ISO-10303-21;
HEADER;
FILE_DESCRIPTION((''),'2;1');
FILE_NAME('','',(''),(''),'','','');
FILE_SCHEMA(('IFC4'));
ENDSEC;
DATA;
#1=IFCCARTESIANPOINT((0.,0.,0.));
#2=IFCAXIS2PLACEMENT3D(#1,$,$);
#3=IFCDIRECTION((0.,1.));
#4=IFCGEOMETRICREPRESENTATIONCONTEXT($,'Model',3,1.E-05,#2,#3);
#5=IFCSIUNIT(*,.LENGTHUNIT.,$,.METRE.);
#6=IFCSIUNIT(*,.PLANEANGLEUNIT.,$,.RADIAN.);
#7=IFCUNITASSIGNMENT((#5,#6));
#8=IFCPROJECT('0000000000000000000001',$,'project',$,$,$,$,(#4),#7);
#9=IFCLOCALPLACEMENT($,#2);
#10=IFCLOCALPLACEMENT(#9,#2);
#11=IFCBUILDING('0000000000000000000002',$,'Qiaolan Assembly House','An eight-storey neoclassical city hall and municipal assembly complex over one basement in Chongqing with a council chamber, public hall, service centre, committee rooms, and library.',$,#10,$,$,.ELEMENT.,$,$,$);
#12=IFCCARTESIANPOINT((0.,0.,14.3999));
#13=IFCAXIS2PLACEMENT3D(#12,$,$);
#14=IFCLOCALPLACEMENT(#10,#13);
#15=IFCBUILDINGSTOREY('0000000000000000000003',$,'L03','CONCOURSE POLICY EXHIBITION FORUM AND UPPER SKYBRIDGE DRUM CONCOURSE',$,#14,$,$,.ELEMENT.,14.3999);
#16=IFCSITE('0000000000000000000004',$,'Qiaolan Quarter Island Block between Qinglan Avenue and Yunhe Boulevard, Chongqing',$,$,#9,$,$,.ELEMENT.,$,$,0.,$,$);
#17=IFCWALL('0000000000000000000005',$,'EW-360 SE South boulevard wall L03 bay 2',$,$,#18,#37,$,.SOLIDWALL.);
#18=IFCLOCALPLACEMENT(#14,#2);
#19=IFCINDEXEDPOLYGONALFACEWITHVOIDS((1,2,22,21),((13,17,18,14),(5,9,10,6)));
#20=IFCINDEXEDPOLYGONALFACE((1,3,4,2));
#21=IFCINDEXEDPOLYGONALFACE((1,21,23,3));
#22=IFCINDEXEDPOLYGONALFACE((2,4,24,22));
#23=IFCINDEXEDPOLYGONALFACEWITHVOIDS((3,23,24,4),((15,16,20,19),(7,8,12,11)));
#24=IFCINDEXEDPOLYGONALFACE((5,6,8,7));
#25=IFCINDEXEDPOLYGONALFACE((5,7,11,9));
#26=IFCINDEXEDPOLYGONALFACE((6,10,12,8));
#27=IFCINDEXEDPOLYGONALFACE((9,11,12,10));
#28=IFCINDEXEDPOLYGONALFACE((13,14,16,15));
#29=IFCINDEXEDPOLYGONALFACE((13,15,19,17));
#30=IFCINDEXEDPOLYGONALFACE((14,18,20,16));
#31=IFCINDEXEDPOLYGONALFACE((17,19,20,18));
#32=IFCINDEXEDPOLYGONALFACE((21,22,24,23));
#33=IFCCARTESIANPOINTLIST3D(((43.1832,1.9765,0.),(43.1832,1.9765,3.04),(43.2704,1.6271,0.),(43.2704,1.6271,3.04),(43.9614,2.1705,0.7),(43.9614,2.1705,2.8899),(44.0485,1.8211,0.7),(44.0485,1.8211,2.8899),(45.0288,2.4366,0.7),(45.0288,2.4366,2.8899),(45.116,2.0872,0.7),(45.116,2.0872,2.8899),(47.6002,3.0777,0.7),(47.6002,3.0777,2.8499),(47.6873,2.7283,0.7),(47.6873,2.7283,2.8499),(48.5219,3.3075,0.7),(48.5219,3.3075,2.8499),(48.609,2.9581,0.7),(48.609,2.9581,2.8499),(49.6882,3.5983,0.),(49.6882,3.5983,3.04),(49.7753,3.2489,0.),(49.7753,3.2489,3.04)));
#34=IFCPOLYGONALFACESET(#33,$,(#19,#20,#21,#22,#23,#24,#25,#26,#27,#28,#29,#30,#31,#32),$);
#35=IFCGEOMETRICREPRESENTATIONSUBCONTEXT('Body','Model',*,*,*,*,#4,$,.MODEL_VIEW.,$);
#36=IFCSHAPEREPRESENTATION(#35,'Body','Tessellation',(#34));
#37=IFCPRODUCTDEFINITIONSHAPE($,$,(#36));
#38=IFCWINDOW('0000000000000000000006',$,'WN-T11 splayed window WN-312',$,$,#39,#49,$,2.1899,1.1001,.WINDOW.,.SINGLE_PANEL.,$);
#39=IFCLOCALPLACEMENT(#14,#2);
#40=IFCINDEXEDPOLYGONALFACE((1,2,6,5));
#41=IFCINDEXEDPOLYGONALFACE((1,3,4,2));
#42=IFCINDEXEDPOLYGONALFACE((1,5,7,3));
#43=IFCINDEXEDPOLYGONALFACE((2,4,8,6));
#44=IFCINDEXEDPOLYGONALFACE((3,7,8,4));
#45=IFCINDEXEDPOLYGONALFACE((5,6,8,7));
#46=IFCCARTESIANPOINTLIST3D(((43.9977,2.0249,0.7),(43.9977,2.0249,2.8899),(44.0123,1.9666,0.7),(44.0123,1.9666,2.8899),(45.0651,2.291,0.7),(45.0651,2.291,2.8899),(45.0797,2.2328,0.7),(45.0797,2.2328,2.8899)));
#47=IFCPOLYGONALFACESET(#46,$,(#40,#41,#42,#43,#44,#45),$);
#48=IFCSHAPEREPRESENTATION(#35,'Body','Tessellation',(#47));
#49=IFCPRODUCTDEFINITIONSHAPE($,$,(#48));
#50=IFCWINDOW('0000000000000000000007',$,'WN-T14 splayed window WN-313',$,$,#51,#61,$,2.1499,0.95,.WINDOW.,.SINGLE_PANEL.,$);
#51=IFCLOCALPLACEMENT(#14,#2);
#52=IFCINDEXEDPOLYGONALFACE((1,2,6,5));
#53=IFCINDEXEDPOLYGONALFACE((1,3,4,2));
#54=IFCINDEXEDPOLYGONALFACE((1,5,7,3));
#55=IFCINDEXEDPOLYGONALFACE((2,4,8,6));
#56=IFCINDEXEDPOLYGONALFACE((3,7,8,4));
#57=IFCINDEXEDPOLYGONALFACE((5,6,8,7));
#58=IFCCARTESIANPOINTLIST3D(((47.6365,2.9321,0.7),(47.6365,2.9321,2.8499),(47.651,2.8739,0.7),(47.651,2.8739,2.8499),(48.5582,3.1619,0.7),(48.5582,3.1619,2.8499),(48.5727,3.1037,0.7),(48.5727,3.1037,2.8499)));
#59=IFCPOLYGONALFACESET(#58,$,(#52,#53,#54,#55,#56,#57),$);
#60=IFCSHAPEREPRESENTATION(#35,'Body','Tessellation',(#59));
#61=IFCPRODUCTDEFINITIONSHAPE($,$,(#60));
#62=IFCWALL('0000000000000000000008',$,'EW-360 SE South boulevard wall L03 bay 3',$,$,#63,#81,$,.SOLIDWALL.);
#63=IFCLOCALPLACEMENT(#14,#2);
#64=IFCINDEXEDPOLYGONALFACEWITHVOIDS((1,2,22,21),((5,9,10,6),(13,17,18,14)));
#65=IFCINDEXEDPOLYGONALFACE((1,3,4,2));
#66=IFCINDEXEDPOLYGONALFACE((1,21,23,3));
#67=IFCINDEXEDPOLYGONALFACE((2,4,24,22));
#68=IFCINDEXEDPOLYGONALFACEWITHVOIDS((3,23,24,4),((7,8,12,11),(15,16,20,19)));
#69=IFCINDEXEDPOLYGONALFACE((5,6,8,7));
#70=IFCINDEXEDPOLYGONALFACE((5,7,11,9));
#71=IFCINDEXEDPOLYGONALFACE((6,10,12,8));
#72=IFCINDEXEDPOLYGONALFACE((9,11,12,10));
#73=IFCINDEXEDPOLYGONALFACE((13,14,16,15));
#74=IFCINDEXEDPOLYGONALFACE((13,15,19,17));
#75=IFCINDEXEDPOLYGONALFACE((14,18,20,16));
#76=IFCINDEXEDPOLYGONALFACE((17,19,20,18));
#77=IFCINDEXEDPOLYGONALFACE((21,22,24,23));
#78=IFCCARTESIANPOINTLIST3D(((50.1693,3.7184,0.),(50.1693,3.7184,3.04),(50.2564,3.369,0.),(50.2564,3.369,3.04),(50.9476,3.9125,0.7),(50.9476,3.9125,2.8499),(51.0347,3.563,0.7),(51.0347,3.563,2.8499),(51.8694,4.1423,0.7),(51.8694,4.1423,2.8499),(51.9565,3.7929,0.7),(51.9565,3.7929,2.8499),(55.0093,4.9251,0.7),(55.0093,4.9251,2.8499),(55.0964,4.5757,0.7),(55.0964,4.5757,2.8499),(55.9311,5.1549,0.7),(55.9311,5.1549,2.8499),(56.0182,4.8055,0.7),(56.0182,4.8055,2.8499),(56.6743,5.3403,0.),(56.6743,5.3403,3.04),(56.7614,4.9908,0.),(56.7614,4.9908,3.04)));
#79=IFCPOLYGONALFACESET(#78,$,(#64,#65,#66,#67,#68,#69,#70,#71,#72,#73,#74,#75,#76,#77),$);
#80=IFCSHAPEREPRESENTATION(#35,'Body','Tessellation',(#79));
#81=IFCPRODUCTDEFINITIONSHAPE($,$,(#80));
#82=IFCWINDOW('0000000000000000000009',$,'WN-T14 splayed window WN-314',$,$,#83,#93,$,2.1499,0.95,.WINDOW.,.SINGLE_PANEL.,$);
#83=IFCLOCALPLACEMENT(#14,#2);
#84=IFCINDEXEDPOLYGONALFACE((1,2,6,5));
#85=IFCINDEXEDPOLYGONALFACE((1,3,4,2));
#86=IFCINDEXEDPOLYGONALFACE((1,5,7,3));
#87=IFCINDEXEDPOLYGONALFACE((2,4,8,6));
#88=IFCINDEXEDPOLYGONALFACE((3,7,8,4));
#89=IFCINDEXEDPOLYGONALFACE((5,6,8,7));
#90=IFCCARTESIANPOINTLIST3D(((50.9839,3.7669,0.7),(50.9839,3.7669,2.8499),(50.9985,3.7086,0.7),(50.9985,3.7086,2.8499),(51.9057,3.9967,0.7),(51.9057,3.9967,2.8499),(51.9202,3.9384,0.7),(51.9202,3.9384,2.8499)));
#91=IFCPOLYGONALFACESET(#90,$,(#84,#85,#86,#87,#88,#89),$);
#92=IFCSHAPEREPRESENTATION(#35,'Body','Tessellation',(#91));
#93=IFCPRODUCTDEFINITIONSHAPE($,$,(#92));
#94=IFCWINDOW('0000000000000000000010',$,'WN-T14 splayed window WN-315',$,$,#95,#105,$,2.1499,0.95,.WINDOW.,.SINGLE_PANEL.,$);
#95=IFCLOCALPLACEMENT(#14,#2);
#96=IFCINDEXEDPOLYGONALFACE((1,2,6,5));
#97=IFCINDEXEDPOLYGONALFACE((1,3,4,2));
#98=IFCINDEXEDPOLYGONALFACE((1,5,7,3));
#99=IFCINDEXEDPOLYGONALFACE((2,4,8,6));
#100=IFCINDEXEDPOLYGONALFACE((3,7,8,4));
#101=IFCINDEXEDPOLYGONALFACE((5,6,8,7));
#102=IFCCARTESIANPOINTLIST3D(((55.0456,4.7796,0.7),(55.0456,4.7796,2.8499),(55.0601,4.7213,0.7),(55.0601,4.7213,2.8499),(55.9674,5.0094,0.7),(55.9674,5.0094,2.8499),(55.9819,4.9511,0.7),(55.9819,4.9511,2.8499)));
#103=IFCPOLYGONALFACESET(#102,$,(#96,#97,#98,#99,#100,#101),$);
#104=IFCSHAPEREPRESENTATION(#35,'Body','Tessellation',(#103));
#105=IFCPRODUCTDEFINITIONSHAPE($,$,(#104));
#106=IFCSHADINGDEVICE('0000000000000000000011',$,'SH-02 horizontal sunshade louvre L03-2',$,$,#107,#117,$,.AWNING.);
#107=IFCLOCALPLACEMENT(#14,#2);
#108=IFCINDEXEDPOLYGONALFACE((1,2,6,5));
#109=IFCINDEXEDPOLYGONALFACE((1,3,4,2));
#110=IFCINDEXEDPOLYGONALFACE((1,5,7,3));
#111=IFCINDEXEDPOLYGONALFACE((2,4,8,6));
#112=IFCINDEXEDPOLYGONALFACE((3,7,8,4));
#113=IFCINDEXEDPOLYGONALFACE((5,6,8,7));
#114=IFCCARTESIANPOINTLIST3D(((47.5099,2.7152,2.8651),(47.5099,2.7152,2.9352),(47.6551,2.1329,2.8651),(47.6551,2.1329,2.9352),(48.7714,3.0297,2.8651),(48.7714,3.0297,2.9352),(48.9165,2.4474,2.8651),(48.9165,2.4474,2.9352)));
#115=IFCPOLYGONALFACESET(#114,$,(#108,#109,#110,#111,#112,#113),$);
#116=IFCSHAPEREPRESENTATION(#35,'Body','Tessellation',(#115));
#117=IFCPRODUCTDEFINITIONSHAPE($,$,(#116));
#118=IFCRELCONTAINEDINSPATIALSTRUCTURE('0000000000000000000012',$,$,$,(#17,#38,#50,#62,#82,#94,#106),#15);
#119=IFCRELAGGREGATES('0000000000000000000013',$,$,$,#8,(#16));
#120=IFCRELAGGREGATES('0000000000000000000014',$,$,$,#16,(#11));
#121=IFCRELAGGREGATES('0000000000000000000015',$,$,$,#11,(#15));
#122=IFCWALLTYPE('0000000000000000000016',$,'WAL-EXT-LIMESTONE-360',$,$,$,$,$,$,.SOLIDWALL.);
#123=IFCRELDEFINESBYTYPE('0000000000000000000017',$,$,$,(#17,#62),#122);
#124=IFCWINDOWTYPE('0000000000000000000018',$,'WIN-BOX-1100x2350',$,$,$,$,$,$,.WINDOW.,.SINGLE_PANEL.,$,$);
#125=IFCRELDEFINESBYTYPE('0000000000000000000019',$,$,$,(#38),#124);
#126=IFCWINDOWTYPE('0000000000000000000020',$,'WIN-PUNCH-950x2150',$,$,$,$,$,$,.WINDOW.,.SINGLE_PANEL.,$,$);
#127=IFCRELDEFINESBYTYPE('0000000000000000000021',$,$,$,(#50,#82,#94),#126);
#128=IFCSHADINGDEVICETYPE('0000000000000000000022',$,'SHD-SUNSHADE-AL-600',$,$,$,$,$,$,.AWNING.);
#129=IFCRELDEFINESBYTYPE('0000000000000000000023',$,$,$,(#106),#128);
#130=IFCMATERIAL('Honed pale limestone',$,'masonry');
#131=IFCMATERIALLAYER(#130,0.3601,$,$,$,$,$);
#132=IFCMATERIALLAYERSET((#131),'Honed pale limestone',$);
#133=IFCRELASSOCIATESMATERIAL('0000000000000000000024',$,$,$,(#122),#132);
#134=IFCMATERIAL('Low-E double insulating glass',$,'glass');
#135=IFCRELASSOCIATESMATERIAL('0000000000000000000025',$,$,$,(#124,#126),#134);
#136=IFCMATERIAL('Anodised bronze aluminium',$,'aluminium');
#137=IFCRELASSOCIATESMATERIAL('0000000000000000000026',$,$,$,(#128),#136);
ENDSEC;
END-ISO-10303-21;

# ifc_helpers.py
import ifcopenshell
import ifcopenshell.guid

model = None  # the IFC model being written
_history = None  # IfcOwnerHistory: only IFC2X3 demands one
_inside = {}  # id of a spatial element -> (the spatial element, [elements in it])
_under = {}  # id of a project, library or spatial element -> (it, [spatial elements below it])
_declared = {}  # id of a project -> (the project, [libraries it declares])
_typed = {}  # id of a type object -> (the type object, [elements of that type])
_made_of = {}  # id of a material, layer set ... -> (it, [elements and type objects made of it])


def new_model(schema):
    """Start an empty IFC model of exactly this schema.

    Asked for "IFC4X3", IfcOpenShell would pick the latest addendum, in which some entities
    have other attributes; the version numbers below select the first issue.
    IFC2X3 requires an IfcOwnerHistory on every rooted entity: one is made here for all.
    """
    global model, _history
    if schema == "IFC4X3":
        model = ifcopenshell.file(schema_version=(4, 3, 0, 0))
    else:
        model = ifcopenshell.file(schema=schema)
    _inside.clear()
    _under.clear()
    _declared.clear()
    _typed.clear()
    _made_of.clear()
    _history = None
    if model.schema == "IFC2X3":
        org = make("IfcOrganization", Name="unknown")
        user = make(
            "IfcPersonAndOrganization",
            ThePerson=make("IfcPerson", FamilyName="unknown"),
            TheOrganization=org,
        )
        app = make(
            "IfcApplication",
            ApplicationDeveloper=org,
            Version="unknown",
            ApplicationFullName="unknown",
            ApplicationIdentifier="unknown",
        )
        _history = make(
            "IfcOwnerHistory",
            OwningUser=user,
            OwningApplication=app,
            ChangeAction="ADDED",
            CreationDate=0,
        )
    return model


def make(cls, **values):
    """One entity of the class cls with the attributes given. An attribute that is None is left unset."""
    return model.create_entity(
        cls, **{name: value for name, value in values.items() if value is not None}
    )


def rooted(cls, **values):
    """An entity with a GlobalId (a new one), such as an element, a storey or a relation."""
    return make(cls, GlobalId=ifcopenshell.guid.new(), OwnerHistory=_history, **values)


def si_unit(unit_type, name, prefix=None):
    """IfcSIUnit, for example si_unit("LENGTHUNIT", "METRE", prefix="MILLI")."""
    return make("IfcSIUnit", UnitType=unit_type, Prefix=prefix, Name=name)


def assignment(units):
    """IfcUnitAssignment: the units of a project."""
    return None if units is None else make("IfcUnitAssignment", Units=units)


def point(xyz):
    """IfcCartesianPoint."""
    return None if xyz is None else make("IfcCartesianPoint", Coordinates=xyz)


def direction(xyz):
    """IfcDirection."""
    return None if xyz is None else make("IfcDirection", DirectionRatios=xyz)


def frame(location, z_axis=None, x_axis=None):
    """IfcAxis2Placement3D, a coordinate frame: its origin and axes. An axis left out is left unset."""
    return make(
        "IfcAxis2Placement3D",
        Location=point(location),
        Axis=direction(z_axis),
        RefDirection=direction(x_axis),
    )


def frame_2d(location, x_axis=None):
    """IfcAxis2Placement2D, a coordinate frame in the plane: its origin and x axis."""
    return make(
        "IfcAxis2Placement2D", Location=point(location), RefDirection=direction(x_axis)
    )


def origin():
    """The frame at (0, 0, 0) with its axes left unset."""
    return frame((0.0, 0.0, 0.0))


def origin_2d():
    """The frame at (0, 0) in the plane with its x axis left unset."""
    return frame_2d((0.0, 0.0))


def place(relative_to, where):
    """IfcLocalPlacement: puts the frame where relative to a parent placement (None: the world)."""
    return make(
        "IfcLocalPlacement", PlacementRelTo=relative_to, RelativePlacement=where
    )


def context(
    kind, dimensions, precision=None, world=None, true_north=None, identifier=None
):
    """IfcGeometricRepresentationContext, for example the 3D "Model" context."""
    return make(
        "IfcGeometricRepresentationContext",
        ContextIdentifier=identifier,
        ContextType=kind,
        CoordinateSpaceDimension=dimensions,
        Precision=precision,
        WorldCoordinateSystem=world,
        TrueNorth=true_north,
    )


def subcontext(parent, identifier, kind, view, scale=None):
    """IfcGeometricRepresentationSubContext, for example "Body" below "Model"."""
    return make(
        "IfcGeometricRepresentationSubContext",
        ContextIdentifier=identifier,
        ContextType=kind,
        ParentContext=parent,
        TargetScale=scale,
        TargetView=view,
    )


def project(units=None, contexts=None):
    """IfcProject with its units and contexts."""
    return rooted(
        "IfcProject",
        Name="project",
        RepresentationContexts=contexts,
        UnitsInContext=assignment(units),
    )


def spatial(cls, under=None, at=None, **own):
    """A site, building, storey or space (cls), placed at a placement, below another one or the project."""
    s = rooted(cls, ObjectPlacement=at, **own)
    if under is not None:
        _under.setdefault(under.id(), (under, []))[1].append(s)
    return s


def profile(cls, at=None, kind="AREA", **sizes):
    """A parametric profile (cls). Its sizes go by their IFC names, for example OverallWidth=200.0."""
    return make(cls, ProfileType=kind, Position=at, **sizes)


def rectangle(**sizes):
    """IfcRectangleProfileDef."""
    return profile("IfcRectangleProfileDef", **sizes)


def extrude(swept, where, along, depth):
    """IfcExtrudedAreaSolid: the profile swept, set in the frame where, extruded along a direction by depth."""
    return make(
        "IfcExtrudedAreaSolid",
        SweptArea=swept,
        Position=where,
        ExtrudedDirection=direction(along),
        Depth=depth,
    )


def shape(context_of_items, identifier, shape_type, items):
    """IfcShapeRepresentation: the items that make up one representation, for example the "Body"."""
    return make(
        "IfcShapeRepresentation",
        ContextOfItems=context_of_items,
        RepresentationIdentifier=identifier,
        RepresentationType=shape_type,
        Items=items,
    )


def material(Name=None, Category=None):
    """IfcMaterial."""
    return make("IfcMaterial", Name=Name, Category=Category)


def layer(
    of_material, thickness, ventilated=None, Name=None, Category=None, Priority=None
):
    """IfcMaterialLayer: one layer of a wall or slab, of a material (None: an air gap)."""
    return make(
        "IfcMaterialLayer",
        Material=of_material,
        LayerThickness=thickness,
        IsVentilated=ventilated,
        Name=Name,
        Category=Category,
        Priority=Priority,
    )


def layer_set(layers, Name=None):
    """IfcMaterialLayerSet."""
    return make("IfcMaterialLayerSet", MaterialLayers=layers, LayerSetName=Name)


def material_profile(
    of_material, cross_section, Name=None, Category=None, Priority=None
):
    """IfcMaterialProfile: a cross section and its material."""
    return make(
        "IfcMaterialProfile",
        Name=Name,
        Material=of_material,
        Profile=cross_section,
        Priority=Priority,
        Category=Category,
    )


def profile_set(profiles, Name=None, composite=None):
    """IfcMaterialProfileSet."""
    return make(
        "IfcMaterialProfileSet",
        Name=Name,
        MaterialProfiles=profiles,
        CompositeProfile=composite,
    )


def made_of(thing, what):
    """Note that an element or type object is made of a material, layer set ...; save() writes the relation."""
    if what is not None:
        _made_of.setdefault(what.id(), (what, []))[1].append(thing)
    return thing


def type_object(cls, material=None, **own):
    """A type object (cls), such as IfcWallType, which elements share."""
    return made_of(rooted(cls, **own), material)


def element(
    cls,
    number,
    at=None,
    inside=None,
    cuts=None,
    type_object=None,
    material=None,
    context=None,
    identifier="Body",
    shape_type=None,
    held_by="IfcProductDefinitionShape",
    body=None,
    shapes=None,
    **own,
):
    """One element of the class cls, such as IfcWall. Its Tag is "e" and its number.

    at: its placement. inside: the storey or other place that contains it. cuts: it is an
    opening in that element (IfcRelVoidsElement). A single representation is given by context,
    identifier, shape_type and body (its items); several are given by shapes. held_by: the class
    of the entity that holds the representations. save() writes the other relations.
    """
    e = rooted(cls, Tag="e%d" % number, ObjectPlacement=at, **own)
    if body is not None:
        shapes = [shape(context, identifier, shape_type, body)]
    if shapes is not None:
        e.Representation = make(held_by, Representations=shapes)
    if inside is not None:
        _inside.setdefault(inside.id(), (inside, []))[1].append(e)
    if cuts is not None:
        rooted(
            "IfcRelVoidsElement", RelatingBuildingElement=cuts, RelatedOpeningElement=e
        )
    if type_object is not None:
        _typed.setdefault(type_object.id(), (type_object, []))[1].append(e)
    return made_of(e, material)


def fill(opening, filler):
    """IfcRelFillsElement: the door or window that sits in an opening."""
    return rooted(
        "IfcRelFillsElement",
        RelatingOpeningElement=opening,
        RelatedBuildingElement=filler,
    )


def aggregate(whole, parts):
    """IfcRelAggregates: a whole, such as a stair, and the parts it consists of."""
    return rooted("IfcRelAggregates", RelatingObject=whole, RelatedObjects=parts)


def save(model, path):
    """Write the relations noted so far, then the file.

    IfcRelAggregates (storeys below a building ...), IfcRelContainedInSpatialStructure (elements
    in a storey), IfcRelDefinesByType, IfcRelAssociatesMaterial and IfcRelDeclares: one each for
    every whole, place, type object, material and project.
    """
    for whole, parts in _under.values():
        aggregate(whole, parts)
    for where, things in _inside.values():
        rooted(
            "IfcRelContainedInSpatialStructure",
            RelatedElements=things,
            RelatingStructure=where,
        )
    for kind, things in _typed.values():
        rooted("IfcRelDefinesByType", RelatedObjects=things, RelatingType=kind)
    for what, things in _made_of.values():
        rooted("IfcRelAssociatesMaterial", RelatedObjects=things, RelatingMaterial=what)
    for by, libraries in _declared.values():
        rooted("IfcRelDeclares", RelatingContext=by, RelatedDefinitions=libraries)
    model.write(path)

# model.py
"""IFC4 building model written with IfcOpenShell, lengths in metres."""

from ifc_helpers import new_model, si_unit, direction, frame, frame_2d, origin, origin_2d, place, context, subcontext, project, spatial, rectangle, extrude, material, layer, layer_set, material_profile, profile_set, type_object, element, fill, save


model = new_model("IFC4")

# Units and contexts
model_context = context("Model", 3, precision=1e-05, world=origin(), true_north=direction((0.0, 1.0)))
body_context = subcontext(model_context, "Body", "Model", "MODEL_VIEW")
ifc_project = project(units=[si_unit("LENGTHUNIT", "METRE"), si_unit("PLANEANGLEUNIT", "RADIAN")], contexts=[model_context])

# Site, building, storey
site_placement = place(None, origin())
site = spatial("IfcSite", under=ifc_project, at=site_placement, Name="Qiaolan Quarter Island Block between Qinglan Avenue and Yunhe Boulevard, Chongqing", CompositionType="ELEMENT", RefElevation=0.0)
building_placement = place(site_placement, origin())
building = spatial("IfcBuilding", under=site, at=building_placement, Name="Qiaolan Assembly House", Description="An eight-storey neoclassical city hall and municipal assembly complex over one basement in Chongqing with a council chamber, public hall, service centre, committee rooms, and library.", CompositionType="ELEMENT")
storey_placement = place(building_placement, frame((0.0, 0.0, 14.3999)))
storey = spatial("IfcBuildingStorey", under=building, at=storey_placement, Name="L03", Description="CONCOURSE POLICY EXHIBITION FORUM AND UPPER SKYBRIDGE DRUM CONCOURSE", CompositionType="ELEMENT", Elevation=14.3999)

# Shared definitions
ifc_material_1 = material(Name="Honed pale limestone", Category="masonry")

# Walls, openings, windows
ifc_layer_1 = layer(ifc_material_1, 0.3601)
ifc_layer_set_1 = layer_set([ifc_layer_1], Name="Honed pale limestone")
wall_type = type_object("IfcWallType", Name="WAL-EXT-LIMESTONE-360", PredefinedType="SOLIDWALL", material=ifc_layer_set_1)
wall_1_placement = place(storey_placement, frame((43.2268, 1.8018, 0.0), z_axis=(0.0, 0.0, 1.0), x_axis=(0.970297, 0.241919, 0.0)))
wall_1 = element("IfcWall", 1, at=wall_1_placement, inside=storey, type_object=wall_type, Name="EW-360 SE South boulevard wall L03 bay 2", PredefinedType="SOLIDWALL", context=body_context, shape_type="SweptSolid", body=[
    extrude(rectangle(XDim=6.7041, YDim=0.3601, at=frame_2d((3.3521, 0.0))), origin(), (0.0, 0.0, 1.0), 3.04),
])
opening_1_placement = place(wall_1_placement, frame((0.802, 0.0, 0.7)))
opening_1 = element("IfcOpeningElement", 2, at=opening_1_placement, cuts=wall_1, PredefinedType="OPENING", context=body_context, shape_type="SweptSolid", body=[
    extrude(rectangle(XDim=1.1001, YDim=2.1899, at=frame_2d((0.55, 1.095))), frame((0.0, 0.1899, 0.0), z_axis=(0.0, -1.0, 0.0), x_axis=(1.0, 0.0, 0.0)), (0.0, 0.0, 1.0), 0.3801),
])
opening_2_placement = place(wall_1_placement, frame((4.552, 0.0, 0.7)))
opening_2 = element("IfcOpeningElement", 3, at=opening_2_placement, cuts=wall_1, PredefinedType="OPENING", context=body_context, shape_type="SweptSolid", body=[
    extrude(rectangle(XDim=0.95, YDim=2.1499, at=frame_2d((0.4751, 1.075))), frame((0.0, 0.1899, 0.0), z_axis=(0.0, -1.0, 0.0), x_axis=(1.0, 0.0, 0.0)), (0.0, 0.0, 1.0), 0.3801),
])
ifc_material_2 = material(Name="Low-E double insulating glass", Category="glass")
window_type_1 = type_object("IfcWindowType", Name="WIN-BOX-1100x2350", PartitioningType="SINGLE_PANEL", PredefinedType="WINDOW", material=ifc_material_2)
window_1_placement = place(opening_1_placement, origin())
window_1 = element("IfcWindow", 4, at=window_1_placement, inside=storey, type_object=window_type_1, Name="WN-T11 splayed window WN-312", OverallHeight=2.1899, OverallWidth=1.1001, PartitioningType="SINGLE_PANEL", PredefinedType="WINDOW", context=body_context, shape_type="SweptSolid", body=[
    extrude(rectangle(XDim=1.1001, YDim=2.1899, at=frame_2d((0.55, 1.095))), frame((0.0, 0.03, 0.0), z_axis=(0.0, -1.0, 0.0), x_axis=(1.0, 0.0, 0.0)), (0.0, 0.0, 1.0), 0.0601),
])
fill(opening_1, window_1)
window_type_2 = type_object("IfcWindowType", Name="WIN-PUNCH-950x2150", PartitioningType="SINGLE_PANEL", PredefinedType="WINDOW", material=ifc_material_2)
window_2_placement = place(opening_2_placement, origin())
window_2 = element("IfcWindow", 5, at=window_2_placement, inside=storey, type_object=window_type_2, Name="WN-T14 splayed window WN-313", OverallHeight=2.1499, OverallWidth=0.95, PartitioningType="SINGLE_PANEL", PredefinedType="WINDOW", context=body_context, shape_type="SweptSolid", body=[
    extrude(rectangle(XDim=0.95, YDim=2.1499, at=frame_2d((0.4751, 1.075))), frame((0.0, 0.03, 0.0), z_axis=(0.0, -1.0, 0.0), x_axis=(1.0, 0.0, 0.0)), (0.0, 0.0, 1.0), 0.0601),
])
fill(opening_2, window_2)
wall_2_placement = place(storey_placement, frame((50.2129, 3.5437, 0.0), z_axis=(0.0, 0.0, 1.0), x_axis=(0.970297, 0.241919, 0.0)))
wall_2 = element("IfcWall", 6, at=wall_2_placement, inside=storey, type_object=wall_type, Name="EW-360 SE South boulevard wall L03 bay 3", PredefinedType="SOLIDWALL", context=body_context, shape_type="SweptSolid", body=[
    extrude(rectangle(XDim=6.7041, YDim=0.3601, at=frame_2d((3.3521, 0.0))), origin(), (0.0, 0.0, 1.0), 3.04),
])
opening_3_placement = place(wall_2_placement, frame((0.802, 0.0, 0.7)))
opening_3 = element("IfcOpeningElement", 7, at=opening_3_placement, cuts=wall_2, PredefinedType="OPENING", context=body_context, shape_type="SweptSolid", body=[
    extrude(rectangle(XDim=0.95, YDim=2.1499, at=frame_2d((0.4751, 1.075))), frame((0.0, 0.1899, 0.0), z_axis=(0.0, -1.0, 0.0), x_axis=(1.0, 0.0, 0.0)), (0.0, 0.0, 1.0), 0.3801),
])
opening_4_placement = place(wall_2_placement, frame((4.988, 0.0, 0.7)))
opening_4 = element("IfcOpeningElement", 8, at=opening_4_placement, cuts=wall_2, PredefinedType="OPENING", context=body_context, shape_type="SweptSolid", body=[
    extrude(rectangle(XDim=0.95, YDim=2.1499, at=frame_2d((0.4751, 1.075))), frame((0.0, 0.1899, 0.0), z_axis=(0.0, -1.0, 0.0), x_axis=(1.0, 0.0, 0.0)), (0.0, 0.0, 1.0), 0.3801),
])
window_3_placement = place(opening_3_placement, origin())
window_3 = element("IfcWindow", 9, at=window_3_placement, inside=storey, type_object=window_type_2, Name="WN-T14 splayed window WN-314", OverallHeight=2.1499, OverallWidth=0.95, PartitioningType="SINGLE_PANEL", PredefinedType="WINDOW", context=body_context, shape_type="SweptSolid", body=[
    extrude(rectangle(XDim=0.95, YDim=2.1499, at=frame_2d((0.4751, 1.075))), frame((0.0, 0.03, 0.0), z_axis=(0.0, -1.0, 0.0), x_axis=(1.0, 0.0, 0.0)), (0.0, 0.0, 1.0), 0.0601),
])
fill(opening_3, window_3)
window_4_placement = place(opening_4_placement, origin())
window_4 = element("IfcWindow", 10, at=window_4_placement, inside=storey, type_object=window_type_2, Name="WN-T14 splayed window WN-315", OverallHeight=2.1499, OverallWidth=0.95, PartitioningType="SINGLE_PANEL", PredefinedType="WINDOW", context=body_context, shape_type="SweptSolid", body=[
    extrude(rectangle(XDim=0.95, YDim=2.1499, at=frame_2d((0.4751, 1.075))), frame((0.0, 0.03, 0.0), z_axis=(0.0, -1.0, 0.0), x_axis=(1.0, 0.0, 0.0)), (0.0, 0.0, 1.0), 0.0601),
])
fill(opening_4, window_4)

# Shading device
ifc_material_3 = material(Name="Anodised bronze aluminium", Category="aluminium")
ifc_material_profile_1 = material_profile(ifc_material_3, rectangle(XDim=0.6001, YDim=0.0701, at=origin_2d()), Name="SHD 600x70")
ifc_profile_set_1 = profile_set([ifc_material_profile_1], Name="Anodised bronze aluminium")
shading_device_type = type_object("IfcShadingDeviceType", Name="SHD-SUNSHADE-AL-600", PredefinedType="AWNING", material=ifc_profile_set_1)
shading_device_placement = place(storey_placement, frame((47.5825, 2.4241, 2.9001), z_axis=(0.970308, 0.241873, 0.0), x_axis=(-0.241873, 0.970308, 0.0)))
element("IfcShadingDevice", 11, at=shading_device_placement, inside=storey, type_object=shading_device_type, Name="SH-02 horizontal sunshade louvre L03-2", PredefinedType="AWNING", context=body_context, shape_type="SweptSolid", body=[
    extrude(rectangle(XDim=0.6001, YDim=0.0701, at=origin_2d()), origin(), (0.0, 0.0, 1.0), 1.3),
])

save(model, "model.ifc")
